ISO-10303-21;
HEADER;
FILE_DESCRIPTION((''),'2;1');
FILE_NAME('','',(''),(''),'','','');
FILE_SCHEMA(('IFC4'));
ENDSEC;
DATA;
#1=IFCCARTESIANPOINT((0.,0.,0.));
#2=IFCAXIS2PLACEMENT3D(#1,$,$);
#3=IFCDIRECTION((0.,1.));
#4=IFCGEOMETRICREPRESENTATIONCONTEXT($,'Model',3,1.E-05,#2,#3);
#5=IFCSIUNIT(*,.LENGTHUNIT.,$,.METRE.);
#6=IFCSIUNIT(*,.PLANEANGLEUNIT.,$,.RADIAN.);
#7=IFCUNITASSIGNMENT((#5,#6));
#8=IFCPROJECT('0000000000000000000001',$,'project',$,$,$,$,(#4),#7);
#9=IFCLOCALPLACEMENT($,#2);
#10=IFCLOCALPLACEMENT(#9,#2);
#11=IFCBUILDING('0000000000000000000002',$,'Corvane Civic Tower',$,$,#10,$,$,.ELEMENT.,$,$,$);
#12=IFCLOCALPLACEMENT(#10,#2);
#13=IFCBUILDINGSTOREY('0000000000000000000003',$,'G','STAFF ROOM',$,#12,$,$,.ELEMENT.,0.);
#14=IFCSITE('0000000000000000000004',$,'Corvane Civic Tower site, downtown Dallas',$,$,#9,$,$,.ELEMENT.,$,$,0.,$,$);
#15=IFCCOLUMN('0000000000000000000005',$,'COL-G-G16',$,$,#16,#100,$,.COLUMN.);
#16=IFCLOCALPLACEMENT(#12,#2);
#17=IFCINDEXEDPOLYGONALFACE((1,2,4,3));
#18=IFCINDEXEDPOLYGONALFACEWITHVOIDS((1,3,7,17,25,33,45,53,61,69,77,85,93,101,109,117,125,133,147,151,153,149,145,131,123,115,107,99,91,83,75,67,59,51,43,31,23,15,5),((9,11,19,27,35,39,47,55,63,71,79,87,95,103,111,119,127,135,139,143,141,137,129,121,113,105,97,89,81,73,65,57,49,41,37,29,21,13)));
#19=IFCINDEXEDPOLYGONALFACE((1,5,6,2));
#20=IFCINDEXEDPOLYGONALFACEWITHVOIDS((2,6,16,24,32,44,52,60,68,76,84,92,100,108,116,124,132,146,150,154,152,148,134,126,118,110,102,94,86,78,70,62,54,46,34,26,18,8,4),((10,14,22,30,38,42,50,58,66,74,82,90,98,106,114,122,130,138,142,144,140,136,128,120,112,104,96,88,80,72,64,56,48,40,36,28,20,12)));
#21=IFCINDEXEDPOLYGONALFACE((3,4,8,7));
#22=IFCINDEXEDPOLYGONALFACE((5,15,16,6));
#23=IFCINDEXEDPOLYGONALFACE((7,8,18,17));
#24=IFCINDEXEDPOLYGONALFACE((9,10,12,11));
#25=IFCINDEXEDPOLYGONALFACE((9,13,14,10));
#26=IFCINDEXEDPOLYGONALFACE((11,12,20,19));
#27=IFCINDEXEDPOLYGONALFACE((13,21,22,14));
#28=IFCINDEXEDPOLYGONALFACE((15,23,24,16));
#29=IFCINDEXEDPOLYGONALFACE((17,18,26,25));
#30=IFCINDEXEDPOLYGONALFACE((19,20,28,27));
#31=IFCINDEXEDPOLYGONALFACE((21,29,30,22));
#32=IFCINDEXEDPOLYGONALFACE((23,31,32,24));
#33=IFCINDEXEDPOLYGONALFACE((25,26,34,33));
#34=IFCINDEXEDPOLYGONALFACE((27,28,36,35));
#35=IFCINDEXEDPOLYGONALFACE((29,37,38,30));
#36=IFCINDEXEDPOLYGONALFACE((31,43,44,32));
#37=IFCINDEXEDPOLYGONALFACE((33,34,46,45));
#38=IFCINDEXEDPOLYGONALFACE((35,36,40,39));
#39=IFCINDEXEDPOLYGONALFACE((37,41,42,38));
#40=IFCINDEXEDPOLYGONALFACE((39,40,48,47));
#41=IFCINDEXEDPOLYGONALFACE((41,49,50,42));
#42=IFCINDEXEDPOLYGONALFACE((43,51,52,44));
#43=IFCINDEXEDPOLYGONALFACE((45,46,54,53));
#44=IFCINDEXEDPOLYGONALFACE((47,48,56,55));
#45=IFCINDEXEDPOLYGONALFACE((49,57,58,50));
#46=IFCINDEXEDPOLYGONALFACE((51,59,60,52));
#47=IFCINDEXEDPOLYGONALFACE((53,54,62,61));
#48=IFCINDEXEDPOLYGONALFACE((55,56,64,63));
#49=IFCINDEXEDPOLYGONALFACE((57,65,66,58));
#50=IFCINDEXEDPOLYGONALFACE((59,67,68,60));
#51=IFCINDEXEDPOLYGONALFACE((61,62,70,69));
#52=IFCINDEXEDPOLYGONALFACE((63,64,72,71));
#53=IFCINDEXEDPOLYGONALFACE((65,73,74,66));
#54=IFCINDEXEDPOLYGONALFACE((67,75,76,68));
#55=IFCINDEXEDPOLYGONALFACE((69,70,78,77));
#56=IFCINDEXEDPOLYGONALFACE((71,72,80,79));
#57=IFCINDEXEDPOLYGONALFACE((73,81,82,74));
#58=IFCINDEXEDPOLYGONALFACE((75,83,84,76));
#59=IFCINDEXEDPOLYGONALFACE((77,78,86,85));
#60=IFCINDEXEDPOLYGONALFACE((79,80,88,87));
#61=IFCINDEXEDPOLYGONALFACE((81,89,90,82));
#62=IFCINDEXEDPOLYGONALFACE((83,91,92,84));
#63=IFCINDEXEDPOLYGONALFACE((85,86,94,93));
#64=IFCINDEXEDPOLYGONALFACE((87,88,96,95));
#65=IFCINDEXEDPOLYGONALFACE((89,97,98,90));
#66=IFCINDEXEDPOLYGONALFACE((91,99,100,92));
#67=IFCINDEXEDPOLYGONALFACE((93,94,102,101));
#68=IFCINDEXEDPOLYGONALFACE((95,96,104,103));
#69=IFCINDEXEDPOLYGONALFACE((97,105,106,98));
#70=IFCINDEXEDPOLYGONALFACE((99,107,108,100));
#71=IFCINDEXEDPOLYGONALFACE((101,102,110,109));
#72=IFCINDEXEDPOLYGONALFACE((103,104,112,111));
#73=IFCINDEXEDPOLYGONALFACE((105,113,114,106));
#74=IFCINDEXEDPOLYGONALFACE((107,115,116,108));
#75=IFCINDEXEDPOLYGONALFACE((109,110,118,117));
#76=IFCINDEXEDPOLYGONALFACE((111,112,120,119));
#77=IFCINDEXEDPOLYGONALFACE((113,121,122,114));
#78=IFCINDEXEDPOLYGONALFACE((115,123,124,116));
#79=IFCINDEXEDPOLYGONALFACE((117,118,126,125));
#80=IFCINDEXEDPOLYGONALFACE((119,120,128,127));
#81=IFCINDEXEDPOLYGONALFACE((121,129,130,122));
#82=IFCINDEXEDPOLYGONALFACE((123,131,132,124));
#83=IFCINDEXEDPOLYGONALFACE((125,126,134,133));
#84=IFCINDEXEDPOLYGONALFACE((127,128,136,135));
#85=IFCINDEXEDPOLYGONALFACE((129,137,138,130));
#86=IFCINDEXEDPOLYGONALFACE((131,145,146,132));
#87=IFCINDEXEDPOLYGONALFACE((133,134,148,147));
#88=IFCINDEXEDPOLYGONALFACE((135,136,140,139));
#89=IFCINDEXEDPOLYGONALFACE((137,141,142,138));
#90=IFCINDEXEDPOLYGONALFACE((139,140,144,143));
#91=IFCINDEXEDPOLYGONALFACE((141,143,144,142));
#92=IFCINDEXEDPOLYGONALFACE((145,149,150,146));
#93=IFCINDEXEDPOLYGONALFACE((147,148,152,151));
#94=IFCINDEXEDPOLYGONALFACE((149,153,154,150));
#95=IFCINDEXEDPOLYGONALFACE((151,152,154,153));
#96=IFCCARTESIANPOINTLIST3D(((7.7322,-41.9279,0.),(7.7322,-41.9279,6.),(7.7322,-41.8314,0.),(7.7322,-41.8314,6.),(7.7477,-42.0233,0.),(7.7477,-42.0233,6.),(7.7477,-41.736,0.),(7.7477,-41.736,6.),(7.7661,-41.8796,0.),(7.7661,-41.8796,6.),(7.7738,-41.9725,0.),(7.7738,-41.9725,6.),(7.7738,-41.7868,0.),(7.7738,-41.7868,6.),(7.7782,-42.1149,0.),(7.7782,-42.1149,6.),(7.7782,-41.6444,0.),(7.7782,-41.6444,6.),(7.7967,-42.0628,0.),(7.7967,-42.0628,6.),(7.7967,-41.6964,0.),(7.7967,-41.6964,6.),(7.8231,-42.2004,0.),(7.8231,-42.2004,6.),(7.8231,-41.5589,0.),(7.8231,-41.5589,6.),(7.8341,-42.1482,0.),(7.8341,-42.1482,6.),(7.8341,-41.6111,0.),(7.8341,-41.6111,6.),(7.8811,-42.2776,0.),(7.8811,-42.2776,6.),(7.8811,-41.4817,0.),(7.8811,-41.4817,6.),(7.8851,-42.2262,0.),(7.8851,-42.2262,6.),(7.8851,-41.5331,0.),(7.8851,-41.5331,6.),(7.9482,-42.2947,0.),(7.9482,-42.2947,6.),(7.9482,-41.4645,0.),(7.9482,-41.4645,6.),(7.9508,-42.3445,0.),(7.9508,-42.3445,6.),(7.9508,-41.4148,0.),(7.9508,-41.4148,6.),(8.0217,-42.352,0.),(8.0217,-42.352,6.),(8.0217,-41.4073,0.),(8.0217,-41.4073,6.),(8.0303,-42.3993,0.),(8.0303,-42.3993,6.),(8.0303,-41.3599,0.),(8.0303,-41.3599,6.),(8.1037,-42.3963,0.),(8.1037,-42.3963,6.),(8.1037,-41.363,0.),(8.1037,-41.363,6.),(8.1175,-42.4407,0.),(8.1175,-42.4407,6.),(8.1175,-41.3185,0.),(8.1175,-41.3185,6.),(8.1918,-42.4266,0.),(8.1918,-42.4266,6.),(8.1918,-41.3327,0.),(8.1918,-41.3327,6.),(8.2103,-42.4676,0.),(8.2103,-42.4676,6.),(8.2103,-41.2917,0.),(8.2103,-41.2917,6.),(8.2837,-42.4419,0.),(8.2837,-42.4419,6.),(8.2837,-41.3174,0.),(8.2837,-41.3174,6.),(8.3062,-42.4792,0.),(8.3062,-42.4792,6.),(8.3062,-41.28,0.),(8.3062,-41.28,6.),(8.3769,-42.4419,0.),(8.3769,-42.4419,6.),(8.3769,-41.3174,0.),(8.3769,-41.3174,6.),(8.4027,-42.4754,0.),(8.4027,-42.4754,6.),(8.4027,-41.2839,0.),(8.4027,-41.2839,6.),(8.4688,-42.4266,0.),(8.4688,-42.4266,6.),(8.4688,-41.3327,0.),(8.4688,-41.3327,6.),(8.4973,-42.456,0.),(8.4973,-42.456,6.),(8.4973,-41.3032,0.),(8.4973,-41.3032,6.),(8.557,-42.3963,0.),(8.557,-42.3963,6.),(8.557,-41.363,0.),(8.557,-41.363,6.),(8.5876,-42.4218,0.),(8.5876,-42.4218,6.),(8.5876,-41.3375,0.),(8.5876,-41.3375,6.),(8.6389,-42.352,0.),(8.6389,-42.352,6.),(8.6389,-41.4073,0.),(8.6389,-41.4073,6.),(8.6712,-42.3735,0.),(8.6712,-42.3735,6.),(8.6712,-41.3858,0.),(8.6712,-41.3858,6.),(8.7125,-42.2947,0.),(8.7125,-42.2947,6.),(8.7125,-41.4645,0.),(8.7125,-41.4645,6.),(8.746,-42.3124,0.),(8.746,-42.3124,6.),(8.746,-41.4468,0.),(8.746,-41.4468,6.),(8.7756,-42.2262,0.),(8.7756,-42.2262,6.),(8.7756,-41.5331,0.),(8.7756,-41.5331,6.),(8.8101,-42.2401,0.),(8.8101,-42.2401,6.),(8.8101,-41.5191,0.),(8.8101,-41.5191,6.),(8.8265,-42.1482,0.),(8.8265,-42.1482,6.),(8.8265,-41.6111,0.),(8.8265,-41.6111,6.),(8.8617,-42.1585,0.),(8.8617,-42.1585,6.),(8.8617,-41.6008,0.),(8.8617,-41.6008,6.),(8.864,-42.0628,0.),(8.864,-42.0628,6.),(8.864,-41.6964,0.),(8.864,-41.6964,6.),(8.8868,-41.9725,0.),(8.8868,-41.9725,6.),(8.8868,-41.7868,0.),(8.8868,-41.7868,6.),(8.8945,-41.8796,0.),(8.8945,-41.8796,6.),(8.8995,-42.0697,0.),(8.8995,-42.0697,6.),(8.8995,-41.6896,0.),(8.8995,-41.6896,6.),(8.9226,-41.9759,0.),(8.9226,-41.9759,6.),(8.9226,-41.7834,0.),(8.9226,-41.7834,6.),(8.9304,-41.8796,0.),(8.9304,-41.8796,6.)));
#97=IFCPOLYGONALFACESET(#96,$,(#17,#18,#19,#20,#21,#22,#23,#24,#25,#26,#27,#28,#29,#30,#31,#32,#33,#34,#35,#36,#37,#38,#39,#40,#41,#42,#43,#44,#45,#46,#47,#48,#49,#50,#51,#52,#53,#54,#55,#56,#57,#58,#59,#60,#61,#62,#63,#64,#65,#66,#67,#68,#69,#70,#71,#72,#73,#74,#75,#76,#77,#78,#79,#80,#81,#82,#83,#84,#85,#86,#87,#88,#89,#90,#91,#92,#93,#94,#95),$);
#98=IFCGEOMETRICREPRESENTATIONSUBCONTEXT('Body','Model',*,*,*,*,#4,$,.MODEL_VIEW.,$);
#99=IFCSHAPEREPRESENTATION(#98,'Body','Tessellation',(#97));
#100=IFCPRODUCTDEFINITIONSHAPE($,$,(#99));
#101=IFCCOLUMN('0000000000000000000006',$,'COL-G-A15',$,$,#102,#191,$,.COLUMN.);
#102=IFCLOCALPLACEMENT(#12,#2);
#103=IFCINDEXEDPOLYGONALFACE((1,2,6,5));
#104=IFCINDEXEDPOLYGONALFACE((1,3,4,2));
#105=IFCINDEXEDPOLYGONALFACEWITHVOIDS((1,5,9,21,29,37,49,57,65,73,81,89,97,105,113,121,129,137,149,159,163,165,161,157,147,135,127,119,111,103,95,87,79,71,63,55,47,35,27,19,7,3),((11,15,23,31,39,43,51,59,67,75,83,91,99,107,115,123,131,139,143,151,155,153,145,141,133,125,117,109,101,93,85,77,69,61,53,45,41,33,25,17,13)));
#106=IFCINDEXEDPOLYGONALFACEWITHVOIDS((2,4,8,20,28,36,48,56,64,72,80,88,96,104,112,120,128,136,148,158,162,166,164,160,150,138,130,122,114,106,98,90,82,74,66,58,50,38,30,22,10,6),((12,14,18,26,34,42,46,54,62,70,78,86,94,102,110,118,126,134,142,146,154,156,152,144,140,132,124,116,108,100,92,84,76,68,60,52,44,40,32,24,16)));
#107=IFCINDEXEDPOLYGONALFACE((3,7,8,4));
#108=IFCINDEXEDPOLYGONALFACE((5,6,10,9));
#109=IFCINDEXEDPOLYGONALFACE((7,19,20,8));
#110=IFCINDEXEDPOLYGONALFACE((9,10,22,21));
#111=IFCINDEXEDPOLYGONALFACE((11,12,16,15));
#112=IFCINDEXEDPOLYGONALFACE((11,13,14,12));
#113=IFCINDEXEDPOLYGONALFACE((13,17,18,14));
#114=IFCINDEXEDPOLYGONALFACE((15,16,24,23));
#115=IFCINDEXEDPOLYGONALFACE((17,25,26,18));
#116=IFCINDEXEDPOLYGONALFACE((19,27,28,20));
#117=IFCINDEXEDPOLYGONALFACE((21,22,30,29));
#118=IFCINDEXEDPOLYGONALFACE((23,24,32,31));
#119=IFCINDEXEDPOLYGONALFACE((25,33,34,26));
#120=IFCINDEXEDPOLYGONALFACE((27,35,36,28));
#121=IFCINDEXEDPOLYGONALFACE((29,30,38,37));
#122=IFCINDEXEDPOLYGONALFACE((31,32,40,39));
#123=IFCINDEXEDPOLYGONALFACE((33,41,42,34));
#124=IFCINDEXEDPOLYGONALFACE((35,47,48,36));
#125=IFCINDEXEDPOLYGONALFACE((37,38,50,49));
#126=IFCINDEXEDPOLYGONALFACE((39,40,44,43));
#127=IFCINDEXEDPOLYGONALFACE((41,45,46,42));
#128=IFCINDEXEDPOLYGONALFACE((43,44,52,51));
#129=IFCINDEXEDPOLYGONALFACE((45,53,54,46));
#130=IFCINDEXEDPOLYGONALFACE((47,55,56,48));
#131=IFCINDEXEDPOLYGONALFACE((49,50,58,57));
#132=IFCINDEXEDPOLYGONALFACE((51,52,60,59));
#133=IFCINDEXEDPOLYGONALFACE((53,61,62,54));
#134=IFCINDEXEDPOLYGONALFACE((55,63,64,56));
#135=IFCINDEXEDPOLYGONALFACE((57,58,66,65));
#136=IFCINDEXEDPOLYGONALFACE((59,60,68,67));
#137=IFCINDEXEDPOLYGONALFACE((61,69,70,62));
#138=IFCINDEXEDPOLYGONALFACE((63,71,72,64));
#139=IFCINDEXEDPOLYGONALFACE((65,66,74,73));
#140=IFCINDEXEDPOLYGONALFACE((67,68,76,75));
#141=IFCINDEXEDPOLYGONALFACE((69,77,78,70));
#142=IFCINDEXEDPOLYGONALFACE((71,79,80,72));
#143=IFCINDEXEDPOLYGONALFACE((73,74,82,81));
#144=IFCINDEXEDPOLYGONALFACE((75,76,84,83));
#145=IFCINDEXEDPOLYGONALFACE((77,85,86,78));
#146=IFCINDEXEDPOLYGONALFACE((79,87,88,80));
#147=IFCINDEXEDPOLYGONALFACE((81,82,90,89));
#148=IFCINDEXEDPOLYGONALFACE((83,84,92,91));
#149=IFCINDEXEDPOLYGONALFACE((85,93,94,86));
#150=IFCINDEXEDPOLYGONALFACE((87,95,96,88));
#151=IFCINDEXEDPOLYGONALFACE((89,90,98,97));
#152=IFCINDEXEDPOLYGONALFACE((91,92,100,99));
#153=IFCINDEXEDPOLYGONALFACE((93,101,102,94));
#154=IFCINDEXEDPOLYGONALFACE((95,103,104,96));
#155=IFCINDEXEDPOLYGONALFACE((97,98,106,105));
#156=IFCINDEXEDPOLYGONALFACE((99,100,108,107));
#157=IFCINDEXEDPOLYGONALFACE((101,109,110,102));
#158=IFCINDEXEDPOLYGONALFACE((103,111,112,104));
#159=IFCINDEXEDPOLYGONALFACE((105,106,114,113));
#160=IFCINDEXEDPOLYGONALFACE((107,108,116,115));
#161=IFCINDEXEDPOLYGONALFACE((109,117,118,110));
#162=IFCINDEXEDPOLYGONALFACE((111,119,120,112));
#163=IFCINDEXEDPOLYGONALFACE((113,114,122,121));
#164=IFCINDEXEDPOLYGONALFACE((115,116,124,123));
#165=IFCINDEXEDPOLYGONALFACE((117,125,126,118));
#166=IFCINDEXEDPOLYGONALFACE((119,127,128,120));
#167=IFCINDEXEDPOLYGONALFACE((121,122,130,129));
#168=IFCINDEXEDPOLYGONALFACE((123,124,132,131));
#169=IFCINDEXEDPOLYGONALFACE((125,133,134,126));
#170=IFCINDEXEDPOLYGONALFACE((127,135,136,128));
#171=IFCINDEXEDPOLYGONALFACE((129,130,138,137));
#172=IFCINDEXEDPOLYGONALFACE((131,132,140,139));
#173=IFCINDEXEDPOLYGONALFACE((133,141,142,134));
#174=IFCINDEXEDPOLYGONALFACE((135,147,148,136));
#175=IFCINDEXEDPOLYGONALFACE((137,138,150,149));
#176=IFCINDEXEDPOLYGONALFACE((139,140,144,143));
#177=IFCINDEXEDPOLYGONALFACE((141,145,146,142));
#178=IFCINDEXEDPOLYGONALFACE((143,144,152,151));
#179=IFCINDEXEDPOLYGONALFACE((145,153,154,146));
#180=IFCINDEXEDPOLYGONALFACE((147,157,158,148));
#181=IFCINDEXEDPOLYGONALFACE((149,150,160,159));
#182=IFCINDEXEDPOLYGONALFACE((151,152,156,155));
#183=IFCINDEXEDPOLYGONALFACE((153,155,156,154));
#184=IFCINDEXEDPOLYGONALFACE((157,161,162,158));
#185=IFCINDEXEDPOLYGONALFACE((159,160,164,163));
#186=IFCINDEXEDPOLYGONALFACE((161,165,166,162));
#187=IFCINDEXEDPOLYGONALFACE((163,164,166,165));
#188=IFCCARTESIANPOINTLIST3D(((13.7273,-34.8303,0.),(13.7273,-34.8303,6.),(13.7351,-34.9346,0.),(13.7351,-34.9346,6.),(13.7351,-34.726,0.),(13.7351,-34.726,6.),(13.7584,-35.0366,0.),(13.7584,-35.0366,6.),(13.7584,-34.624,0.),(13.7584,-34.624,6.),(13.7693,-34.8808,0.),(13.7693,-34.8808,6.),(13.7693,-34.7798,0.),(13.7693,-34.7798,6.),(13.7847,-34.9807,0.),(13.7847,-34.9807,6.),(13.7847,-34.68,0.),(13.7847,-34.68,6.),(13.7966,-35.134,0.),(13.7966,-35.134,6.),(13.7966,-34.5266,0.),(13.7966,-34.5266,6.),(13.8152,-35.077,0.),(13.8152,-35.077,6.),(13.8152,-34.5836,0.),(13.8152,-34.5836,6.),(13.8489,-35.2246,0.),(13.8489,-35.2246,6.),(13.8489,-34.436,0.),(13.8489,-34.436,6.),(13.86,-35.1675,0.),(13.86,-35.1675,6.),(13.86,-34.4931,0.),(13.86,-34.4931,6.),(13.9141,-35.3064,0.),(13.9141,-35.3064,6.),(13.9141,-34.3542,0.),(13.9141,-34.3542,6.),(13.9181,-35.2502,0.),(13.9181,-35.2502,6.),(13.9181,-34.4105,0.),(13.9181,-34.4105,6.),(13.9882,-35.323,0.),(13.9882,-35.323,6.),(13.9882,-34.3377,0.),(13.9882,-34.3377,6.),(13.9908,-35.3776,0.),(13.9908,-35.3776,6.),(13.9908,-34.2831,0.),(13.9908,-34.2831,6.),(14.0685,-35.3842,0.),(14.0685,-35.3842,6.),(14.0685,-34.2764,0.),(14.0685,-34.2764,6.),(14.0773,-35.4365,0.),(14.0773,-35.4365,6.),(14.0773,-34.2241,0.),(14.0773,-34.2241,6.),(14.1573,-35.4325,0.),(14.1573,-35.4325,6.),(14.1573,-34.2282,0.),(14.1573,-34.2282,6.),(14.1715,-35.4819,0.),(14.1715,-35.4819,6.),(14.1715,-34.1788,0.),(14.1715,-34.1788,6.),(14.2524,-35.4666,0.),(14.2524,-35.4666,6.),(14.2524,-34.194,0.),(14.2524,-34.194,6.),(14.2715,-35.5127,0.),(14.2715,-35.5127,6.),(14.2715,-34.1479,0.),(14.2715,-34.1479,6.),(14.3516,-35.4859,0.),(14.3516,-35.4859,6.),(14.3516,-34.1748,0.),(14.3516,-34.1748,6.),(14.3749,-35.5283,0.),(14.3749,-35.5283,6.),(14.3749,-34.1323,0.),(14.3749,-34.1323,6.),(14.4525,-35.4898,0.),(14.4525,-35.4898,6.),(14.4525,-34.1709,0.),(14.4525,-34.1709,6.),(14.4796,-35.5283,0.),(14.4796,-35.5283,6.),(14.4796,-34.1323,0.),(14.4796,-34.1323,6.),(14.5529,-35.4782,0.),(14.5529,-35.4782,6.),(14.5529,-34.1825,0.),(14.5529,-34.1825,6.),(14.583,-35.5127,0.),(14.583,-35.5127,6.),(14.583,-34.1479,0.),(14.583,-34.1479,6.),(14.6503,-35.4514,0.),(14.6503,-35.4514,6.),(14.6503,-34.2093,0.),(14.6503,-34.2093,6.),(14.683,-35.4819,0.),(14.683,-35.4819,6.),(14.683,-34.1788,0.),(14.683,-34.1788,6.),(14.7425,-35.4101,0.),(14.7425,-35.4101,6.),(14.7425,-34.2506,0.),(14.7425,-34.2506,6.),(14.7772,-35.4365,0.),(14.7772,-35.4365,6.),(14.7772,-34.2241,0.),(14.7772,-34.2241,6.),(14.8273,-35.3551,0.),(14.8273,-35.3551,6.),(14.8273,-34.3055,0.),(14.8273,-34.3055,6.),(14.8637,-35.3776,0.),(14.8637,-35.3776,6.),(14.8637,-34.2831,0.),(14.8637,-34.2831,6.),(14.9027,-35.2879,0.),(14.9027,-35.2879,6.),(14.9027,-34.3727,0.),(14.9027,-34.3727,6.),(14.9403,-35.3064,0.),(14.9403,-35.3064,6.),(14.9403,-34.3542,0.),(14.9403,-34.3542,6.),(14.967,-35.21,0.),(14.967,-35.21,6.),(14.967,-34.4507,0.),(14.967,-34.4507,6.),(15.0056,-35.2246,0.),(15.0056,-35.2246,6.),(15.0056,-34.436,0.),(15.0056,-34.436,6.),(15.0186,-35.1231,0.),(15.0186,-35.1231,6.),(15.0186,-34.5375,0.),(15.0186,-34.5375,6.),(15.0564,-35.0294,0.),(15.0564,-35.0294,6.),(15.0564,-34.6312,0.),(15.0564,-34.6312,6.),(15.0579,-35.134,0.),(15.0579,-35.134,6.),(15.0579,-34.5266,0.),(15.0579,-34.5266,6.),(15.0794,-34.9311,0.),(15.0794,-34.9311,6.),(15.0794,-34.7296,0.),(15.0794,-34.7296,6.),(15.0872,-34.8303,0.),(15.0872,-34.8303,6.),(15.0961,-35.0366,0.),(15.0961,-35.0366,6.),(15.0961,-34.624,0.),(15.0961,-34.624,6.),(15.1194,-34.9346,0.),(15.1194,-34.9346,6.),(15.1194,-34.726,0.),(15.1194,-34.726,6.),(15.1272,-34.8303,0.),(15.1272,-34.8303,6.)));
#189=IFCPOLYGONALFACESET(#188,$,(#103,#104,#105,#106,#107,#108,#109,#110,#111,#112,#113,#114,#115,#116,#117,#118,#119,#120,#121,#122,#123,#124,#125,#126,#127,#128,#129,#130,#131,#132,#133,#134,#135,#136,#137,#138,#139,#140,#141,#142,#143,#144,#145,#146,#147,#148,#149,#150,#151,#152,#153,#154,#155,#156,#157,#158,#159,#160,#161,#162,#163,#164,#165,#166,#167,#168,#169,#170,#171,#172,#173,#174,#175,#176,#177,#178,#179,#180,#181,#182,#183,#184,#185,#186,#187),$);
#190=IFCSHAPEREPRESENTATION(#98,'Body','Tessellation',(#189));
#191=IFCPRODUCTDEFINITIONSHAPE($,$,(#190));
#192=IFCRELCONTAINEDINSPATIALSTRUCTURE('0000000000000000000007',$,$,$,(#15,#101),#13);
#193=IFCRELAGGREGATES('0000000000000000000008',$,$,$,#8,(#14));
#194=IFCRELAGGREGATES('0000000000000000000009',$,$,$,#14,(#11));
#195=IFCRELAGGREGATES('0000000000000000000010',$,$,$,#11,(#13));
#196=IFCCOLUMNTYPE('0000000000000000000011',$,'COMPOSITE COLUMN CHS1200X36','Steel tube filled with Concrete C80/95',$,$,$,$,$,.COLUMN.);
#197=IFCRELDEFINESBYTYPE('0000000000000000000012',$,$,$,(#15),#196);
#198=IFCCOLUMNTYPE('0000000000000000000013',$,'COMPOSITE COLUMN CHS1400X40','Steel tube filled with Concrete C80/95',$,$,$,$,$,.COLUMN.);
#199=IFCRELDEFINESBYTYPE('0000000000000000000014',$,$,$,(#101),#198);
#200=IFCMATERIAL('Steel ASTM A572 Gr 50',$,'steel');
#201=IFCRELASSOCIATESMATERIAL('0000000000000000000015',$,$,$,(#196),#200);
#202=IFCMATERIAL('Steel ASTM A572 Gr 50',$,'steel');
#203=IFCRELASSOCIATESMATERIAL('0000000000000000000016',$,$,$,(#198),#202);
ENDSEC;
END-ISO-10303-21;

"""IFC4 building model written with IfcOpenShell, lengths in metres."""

from ifc_helpers import new_model, si_unit, direction, frame, origin, origin_2d, place, context, subcontext, project, spatial, hollow_circle, extrude, material, material_profile, profile_set, type_object, element, save


model = new_model("IFC4")

# Units and contexts
model_context = context("Model", 3, precision=1e-05, world=origin(), true_north=direction((0.0, 1.0)))
body_context = subcontext(model_context, "Body", "Model", "MODEL_VIEW")
ifc_project = project(units=[si_unit("LENGTHUNIT", "METRE"), si_unit("PLANEANGLEUNIT", "RADIAN")], contexts=[model_context])

# Site, building, storey
site_placement = place(None, origin())
site = spatial("IfcSite", under=ifc_project, at=site_placement, Name="Corvane Civic Tower site, downtown Dallas", CompositionType="ELEMENT", RefElevation=0.0)
building_placement = place(site_placement, origin())
building = spatial("IfcBuilding", under=site, at=building_placement, Name="Corvane Civic Tower", CompositionType="ELEMENT")
storey_placement = place(building_placement, origin())
storey = spatial("IfcBuildingStorey", under=building, at=storey_placement, Name="G", Description="STAFF ROOM", CompositionType="ELEMENT", Elevation=0.0)

# Columns
ifc_material_1 = material(Name="Steel ASTM A572 Gr 50", Category="steel")
ifc_material_profile_1 = material_profile(ifc_material_1, hollow_circle(Radius=0.6001, WallThickness=0.0359, at=origin_2d()), Name="CHS1200X36")
ifc_profile_set_1 = profile_set([ifc_material_profile_1], Name="Steel ASTM A572 Gr 50")
column_type_1 = type_object("IfcColumnType", Name="COMPOSITE COLUMN CHS1200X36", Description="Steel tube filled with Concrete C80/95", PredefinedType="COLUMN", material=ifc_profile_set_1)
column_1_placement = place(storey_placement, frame((8.3303, -41.8796, 0.0), z_axis=(0.0, 0.0, 1.0), x_axis=(1.0, 0.0, 0.0)))
element("IfcColumn", 1, at=column_1_placement, inside=storey, type_object=column_type_1, Name="COL-G-G16", PredefinedType="COLUMN", context=body_context, shape_type="SweptSolid", body=[
    extrude(hollow_circle(Radius=0.6001, WallThickness=0.0359, at=origin_2d()), origin(), (0.0, 0.0, 1.0), 6.0),
])
ifc_material_2 = material(Name="Steel ASTM A572 Gr 50", Category="steel")
ifc_material_profile_2 = material_profile(ifc_material_2, hollow_circle(Radius=0.7, WallThickness=0.04, at=origin_2d()), Name="CHS1400X40")
ifc_profile_set_2 = profile_set([ifc_material_profile_2], Name="Steel ASTM A572 Gr 50")
column_type_2 = type_object("IfcColumnType", Name="COMPOSITE COLUMN CHS1400X40", Description="Steel tube filled with Concrete C80/95", PredefinedType="COLUMN", material=ifc_profile_set_2)
for number, where, z_axis, x_axis, name in (
    (2, (14.4272, -34.8303, 0.0), (0.0, 0.0, 1.0), (1.0, 0.0, 0.0), "COL-G-A15"),
):
    element("IfcColumn", number, at=place(storey_placement, frame(where, z_axis=z_axis, x_axis=x_axis)), inside=storey, type_object=column_type_2, Name=name, PredefinedType="COLUMN", context=body_context, shape_type="SweptSolid", body=[
        extrude(hollow_circle(Radius=0.7, WallThickness=0.04, at=origin_2d()), origin(), (0.0, 0.0, 1.0), 6.0),
    ])

save(model, "model.ifc")
